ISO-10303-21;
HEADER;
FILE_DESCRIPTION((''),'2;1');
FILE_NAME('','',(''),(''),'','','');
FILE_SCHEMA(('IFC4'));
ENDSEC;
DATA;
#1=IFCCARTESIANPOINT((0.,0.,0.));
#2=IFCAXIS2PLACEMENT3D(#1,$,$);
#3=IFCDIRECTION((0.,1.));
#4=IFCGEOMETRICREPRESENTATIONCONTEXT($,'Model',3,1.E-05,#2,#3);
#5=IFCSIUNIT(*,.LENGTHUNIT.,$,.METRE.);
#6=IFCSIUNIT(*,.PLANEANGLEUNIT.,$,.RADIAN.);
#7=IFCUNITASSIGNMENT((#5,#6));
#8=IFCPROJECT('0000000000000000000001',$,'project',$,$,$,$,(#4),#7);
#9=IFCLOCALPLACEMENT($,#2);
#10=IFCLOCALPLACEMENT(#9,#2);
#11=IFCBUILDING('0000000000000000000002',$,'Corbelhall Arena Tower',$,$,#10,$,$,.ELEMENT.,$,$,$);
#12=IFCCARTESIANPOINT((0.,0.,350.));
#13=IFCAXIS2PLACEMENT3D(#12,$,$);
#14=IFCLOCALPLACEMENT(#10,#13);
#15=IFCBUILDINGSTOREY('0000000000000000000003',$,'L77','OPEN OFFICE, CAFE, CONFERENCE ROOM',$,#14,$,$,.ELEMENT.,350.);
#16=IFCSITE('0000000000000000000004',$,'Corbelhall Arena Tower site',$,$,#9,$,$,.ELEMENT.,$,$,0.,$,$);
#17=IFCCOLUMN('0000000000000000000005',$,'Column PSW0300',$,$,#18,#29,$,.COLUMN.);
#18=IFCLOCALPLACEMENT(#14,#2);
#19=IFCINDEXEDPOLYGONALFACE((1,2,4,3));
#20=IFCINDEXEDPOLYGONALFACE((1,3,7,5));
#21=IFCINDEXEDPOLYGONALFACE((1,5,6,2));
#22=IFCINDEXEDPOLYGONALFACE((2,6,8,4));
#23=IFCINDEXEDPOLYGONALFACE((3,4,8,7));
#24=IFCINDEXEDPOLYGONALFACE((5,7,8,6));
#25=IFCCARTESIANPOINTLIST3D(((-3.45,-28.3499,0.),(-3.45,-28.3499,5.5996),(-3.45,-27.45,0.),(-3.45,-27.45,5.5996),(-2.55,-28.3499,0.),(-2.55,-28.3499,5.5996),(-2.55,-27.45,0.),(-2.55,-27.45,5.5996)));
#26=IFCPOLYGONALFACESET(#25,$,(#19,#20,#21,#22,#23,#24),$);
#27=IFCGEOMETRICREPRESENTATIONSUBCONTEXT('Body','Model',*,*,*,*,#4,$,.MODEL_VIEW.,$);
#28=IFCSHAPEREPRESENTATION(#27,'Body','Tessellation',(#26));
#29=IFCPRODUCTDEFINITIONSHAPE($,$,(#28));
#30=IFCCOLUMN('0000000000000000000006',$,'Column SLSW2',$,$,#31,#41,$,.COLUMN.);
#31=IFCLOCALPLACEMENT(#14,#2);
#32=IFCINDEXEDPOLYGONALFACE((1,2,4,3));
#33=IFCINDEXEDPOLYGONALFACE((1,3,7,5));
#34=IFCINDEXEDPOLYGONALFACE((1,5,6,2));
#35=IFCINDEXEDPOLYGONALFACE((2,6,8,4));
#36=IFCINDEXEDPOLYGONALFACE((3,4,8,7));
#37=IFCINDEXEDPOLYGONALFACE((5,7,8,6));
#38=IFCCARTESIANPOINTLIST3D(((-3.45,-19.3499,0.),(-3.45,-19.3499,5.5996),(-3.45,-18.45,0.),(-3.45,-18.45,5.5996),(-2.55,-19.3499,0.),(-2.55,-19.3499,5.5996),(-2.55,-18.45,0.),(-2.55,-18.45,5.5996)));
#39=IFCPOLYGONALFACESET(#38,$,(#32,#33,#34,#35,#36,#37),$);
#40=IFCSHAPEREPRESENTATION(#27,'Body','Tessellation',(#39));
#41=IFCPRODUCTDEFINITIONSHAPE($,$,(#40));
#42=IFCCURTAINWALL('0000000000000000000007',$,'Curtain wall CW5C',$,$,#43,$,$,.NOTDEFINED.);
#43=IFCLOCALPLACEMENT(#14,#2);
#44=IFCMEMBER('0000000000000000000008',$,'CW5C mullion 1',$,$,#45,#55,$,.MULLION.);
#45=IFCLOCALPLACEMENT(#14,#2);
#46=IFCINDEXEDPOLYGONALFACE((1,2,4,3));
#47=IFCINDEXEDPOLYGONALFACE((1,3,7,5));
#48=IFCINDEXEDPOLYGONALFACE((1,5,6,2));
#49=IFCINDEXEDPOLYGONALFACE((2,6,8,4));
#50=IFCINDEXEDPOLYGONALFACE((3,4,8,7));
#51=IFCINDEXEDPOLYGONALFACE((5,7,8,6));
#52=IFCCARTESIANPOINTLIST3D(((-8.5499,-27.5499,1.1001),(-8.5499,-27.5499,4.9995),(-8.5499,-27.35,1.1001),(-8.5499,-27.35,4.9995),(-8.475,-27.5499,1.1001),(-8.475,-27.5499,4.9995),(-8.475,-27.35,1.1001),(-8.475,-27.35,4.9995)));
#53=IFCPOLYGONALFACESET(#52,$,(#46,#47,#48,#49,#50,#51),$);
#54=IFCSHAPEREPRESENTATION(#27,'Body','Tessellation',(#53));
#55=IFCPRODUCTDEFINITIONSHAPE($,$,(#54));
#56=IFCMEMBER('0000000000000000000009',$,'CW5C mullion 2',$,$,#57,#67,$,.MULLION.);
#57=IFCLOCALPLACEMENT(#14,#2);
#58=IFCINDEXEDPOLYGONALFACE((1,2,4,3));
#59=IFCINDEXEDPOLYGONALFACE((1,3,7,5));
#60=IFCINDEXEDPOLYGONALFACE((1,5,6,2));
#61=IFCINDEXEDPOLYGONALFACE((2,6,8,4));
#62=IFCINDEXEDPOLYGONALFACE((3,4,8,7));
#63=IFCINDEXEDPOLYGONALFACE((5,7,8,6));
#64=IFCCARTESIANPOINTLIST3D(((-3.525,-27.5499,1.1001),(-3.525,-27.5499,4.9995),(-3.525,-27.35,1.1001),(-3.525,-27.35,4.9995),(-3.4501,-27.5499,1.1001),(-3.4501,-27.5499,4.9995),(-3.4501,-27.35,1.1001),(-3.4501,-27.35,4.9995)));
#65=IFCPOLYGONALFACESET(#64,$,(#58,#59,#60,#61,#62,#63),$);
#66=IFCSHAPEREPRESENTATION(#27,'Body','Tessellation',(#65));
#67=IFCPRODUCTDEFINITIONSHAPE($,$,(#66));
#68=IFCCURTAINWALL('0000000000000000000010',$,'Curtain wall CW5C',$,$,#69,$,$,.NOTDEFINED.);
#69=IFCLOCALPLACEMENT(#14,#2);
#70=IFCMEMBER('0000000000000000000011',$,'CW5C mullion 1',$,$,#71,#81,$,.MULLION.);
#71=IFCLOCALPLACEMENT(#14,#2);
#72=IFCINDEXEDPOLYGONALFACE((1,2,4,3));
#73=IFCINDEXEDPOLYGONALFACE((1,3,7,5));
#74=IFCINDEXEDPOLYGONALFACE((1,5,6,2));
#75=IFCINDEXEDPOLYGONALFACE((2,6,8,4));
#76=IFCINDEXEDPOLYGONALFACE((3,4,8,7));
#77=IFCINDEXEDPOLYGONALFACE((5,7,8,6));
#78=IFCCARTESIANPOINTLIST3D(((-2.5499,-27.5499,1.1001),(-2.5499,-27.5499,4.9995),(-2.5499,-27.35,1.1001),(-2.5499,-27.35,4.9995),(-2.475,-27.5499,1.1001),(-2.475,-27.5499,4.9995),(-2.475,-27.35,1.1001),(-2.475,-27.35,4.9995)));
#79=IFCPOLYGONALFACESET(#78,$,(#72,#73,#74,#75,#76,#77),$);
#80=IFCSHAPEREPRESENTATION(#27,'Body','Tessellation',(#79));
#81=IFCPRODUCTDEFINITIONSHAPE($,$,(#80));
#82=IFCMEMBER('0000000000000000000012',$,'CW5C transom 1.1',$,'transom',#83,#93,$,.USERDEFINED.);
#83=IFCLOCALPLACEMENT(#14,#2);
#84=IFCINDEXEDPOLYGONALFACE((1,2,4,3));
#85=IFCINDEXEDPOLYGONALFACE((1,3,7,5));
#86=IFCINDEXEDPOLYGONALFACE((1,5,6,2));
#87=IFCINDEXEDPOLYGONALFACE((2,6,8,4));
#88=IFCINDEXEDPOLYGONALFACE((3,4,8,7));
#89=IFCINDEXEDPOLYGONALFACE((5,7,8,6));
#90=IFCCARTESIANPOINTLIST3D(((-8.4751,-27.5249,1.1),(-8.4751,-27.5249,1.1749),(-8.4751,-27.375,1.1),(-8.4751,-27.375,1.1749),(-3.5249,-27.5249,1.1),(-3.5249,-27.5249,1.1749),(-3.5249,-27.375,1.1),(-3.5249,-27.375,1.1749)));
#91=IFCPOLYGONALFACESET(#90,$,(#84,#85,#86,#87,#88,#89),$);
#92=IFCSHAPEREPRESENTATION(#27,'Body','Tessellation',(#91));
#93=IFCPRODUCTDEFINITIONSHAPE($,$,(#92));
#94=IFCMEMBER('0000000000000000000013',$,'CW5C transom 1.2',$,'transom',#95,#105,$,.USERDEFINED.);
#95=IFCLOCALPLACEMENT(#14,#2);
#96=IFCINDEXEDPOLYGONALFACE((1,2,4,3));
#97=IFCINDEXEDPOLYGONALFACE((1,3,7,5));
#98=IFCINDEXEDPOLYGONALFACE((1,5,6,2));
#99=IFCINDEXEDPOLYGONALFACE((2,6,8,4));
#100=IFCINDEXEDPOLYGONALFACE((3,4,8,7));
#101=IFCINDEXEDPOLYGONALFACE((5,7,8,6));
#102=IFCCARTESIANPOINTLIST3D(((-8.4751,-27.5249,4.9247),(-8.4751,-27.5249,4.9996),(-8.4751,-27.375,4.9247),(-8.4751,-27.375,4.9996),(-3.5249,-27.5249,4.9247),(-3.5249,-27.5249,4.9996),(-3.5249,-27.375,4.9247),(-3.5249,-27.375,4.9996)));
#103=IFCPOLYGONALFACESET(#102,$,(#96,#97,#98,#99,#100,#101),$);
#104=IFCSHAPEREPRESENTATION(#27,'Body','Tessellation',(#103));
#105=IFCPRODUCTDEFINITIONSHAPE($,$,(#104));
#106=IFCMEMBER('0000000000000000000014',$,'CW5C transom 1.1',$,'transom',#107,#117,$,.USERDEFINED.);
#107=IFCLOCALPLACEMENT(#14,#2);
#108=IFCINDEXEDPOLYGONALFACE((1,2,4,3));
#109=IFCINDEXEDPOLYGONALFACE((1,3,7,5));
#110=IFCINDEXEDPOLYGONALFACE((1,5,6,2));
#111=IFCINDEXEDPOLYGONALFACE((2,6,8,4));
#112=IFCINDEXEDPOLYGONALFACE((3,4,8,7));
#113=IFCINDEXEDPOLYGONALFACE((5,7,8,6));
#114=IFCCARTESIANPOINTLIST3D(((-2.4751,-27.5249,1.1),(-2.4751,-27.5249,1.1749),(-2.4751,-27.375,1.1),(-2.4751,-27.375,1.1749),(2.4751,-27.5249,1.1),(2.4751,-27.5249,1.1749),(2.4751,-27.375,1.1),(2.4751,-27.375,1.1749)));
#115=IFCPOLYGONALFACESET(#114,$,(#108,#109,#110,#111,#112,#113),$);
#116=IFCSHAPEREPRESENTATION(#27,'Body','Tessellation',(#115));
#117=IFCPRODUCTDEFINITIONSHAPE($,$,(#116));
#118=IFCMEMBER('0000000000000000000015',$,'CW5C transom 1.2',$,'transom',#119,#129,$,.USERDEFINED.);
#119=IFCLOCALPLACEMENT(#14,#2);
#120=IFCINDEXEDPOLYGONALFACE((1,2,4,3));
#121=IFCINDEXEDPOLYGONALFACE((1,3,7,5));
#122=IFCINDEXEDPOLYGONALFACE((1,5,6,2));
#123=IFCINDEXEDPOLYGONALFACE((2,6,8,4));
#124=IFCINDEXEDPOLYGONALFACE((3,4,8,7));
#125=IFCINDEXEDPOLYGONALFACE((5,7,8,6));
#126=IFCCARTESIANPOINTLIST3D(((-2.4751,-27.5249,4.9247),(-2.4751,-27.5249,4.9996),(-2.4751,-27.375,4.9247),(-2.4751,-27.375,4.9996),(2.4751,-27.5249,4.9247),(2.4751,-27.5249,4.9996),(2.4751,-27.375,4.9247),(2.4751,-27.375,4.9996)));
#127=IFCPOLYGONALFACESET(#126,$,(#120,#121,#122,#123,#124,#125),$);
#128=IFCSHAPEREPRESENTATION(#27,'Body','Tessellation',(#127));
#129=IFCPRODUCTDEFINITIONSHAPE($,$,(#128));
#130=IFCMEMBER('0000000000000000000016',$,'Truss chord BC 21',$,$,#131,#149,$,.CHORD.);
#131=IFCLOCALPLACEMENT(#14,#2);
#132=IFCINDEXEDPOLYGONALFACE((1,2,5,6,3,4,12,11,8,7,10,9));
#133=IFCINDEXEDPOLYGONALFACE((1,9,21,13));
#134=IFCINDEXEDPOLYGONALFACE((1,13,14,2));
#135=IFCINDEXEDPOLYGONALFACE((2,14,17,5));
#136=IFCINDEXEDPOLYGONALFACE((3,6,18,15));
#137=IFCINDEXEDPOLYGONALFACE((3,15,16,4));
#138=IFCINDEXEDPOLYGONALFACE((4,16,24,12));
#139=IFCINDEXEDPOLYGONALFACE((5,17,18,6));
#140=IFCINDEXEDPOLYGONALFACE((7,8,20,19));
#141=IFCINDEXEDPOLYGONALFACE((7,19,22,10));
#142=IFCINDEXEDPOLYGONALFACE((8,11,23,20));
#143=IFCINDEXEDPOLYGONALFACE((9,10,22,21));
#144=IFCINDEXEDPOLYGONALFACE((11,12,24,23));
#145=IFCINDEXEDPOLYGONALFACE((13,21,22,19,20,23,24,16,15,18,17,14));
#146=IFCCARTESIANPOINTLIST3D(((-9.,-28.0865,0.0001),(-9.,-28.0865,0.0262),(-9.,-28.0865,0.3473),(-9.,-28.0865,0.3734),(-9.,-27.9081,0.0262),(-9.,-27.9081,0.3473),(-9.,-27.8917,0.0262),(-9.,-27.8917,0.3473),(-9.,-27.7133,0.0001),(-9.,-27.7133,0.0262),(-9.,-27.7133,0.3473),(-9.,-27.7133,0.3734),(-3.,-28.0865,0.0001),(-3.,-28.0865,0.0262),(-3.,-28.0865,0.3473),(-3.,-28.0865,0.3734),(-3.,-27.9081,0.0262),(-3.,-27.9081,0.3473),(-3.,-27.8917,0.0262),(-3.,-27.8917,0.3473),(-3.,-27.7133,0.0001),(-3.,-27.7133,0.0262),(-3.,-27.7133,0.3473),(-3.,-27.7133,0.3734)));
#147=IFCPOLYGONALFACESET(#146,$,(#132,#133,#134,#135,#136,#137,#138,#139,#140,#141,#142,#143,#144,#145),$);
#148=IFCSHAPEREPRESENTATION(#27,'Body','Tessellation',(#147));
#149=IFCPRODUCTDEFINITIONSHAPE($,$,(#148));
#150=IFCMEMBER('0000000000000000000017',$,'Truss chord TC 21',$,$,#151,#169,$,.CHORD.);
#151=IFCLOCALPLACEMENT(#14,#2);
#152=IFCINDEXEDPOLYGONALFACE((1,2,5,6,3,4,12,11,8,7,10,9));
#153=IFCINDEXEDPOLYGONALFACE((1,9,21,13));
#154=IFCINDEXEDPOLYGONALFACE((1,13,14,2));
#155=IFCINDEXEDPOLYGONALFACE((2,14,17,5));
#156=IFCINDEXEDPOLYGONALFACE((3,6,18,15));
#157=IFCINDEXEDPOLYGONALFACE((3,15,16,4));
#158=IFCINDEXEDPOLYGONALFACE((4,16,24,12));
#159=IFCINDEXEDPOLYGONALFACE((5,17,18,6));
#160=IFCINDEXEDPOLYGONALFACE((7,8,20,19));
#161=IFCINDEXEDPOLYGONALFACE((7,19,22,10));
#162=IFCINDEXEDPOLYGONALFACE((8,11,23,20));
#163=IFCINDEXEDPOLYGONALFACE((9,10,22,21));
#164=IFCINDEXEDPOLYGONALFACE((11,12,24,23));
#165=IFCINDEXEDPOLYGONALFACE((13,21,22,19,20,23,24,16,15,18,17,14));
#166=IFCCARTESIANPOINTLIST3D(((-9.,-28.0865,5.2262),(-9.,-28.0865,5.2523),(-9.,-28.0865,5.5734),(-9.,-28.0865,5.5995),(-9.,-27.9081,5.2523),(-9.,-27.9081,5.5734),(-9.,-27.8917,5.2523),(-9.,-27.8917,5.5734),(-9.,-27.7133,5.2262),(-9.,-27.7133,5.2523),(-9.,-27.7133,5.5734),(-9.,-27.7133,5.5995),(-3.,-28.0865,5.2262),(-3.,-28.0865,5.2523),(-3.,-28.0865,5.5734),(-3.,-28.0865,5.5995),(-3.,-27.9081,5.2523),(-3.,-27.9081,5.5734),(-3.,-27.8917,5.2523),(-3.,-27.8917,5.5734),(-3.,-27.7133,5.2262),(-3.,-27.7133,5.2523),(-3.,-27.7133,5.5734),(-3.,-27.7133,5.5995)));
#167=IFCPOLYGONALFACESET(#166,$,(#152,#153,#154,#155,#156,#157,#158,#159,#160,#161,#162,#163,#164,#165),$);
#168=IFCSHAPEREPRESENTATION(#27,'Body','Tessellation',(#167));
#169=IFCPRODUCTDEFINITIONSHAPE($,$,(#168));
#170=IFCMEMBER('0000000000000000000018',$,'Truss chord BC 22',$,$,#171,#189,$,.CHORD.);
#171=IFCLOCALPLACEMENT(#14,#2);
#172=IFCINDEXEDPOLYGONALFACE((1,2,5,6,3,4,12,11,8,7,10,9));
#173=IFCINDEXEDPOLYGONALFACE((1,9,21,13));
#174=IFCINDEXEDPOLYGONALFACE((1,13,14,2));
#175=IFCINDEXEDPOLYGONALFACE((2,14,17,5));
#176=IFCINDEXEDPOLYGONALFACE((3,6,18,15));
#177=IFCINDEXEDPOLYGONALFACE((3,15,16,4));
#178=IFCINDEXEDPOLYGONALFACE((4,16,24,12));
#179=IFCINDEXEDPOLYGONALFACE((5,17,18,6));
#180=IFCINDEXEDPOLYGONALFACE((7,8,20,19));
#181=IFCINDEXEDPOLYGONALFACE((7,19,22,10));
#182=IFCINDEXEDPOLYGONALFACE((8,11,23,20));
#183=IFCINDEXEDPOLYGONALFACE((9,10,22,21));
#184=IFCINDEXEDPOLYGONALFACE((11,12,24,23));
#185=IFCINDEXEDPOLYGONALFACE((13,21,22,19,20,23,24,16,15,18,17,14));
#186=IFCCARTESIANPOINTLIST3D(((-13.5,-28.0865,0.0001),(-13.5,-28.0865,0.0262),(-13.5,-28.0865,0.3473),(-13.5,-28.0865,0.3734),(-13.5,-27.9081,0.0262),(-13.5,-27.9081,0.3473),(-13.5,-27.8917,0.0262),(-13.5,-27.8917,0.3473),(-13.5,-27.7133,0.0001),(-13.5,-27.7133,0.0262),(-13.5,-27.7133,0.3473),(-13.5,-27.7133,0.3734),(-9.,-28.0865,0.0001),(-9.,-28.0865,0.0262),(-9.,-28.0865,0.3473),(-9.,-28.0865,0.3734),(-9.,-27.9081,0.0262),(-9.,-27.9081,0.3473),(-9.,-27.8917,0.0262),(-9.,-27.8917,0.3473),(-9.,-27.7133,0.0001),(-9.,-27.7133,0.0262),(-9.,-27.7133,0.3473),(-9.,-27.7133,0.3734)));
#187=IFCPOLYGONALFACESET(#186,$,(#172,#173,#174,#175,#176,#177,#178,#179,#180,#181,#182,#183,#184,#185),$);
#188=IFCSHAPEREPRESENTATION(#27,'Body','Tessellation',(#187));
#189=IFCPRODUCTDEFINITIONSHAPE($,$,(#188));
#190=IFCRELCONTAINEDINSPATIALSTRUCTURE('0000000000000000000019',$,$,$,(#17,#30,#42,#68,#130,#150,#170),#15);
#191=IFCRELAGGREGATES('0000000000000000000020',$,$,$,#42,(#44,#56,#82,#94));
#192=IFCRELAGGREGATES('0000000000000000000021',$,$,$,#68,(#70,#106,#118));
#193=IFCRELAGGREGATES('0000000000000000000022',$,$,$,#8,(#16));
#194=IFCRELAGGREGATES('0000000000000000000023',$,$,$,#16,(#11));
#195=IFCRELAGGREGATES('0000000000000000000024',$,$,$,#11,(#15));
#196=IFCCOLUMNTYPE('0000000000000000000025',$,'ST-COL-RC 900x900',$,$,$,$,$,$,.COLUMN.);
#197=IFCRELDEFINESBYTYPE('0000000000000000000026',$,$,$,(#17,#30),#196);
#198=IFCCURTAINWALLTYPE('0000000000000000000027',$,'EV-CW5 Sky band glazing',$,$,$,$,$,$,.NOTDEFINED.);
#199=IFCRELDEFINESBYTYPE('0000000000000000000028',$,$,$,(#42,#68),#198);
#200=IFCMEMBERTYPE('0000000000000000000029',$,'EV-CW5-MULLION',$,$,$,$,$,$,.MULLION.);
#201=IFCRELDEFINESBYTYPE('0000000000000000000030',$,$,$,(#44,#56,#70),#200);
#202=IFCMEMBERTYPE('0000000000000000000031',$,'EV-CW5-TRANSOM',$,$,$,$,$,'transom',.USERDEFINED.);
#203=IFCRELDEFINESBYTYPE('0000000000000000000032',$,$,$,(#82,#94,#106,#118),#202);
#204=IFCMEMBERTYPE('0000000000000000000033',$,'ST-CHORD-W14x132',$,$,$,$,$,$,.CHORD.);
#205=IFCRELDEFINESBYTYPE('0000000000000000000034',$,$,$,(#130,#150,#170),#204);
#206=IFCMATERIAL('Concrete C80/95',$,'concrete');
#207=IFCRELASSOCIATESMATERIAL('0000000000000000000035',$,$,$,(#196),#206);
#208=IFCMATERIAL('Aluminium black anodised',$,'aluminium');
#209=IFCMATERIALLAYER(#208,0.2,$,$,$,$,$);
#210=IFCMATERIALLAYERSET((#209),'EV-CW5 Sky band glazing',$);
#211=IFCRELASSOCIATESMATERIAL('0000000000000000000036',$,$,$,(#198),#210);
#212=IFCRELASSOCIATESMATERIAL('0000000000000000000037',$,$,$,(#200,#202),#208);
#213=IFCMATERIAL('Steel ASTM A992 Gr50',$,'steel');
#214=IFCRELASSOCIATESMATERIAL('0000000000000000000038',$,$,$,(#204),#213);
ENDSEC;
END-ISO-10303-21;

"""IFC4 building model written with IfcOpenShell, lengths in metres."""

from ifc_helpers import new_model, si_unit, direction, frame, origin, origin_2d, place, context, subcontext, project, spatial, rectangle, i_section, extrude, material, layer, layer_set, material_profile, profile_set, type_object, element, aggregate, save


model = new_model("IFC4")

# Units and contexts
model_context = context("Model", 3, precision=1e-05, world=origin(), true_north=direction((0.0, 1.0)))
body_context = subcontext(model_context, "Body", "Model", "MODEL_VIEW")
ifc_project = project(units=[si_unit("LENGTHUNIT", "METRE"), si_unit("PLANEANGLEUNIT", "RADIAN")], contexts=[model_context])

# Site, building, storey
site_placement = place(None, origin())
site = spatial("IfcSite", under=ifc_project, at=site_placement, Name="Corbelhall Arena Tower site", CompositionType="ELEMENT", RefElevation=0.0)
building_placement = place(site_placement, origin())
building = spatial("IfcBuilding", under=site, at=building_placement, Name="Corbelhall Arena Tower", CompositionType="ELEMENT")
storey_placement = place(building_placement, frame((0.0, 0.0, 350.0)))
storey = spatial("IfcBuildingStorey", under=building, at=storey_placement, Name="L77", Description="OPEN OFFICE, CAFE, CONFERENCE ROOM", CompositionType="ELEMENT", Elevation=350.0)

# Columns
ifc_material_1 = material(Name="Concrete C80/95", Category="concrete")
ifc_material_profile_1 = material_profile(ifc_material_1, rectangle(XDim=0.8999, YDim=0.8999, at=origin_2d()))
ifc_profile_set_1 = profile_set([ifc_material_profile_1], Name="Concrete C80/95")
column_type = type_object("IfcColumnType", Name="ST-COL-RC 900x900", PredefinedType="COLUMN", material=ifc_profile_set_1)
for number, where, z_axis, x_axis, name in (
    (1, (-3.0, -27.8999, 0.0), (0.0, 0.0, 1.0), (1.0, 0.0, 0.0), "Column PSW0300"),
    (2, (-3.0, -18.8999, 0.0), (0.0, 0.0, 1.0), (1.0, 0.0, 0.0), "Column SLSW2"),
):
    element("IfcColumn", number, at=place(storey_placement, frame(where, z_axis=z_axis, x_axis=x_axis)), inside=storey, type_object=column_type, Name=name, PredefinedType="COLUMN", context=body_context, shape_type="SweptSolid", body=[
        extrude(rectangle(XDim=0.8999, YDim=0.8999, at=origin_2d()), origin(), (0.0, 0.0, 1.0), 5.5996),
    ])

# Curtain wall, members
ifc_material_2 = material(Name="Aluminium black anodised", Category="aluminium")
ifc_layer_1 = layer(ifc_material_2, 0.2)
ifc_layer_set_1 = layer_set([ifc_layer_1], Name="EV-CW5 Sky band glazing")
curtain_wall_type = type_object("IfcCurtainWallType", Name="EV-CW5 Sky band glazing", PredefinedType="NOTDEFINED", material=ifc_layer_set_1)
curtain_wall_1_placement = place(storey_placement, origin())
curtain_wall_1 = element("IfcCurtainWall", 3, at=curtain_wall_1_placement, inside=storey, type_object=curtain_wall_type, Name="Curtain wall CW5C", PredefinedType="NOTDEFINED")
ifc_material_profile_2 = material_profile(ifc_material_2, rectangle(XDim=0.2, YDim=0.075, at=origin_2d()))
ifc_profile_set_2 = profile_set([ifc_material_profile_2], Name="Aluminium black anodised")
member_type_1 = type_object("IfcMemberType", Name="EV-CW5-MULLION", PredefinedType="MULLION", material=ifc_profile_set_2)
member_1_placement = place(storey_placement, frame((-8.5125, -27.45, 1.1001), z_axis=(0.0, 0.0, 1.0), x_axis=(0.0, 1.0, 0.0)))
member_1 = element("IfcMember", 4, at=member_1_placement, type_object=member_type_1, Name="CW5C mullion 1", PredefinedType="MULLION", context=body_context, shape_type="SweptSolid", body=[
    extrude(rectangle(XDim=0.2, YDim=0.075, at=origin_2d()), origin(), (0.0, 0.0, 1.0), 3.8994),
])
member_2_placement = place(storey_placement, frame((-3.4875, -27.45, 1.1001), z_axis=(0.0, 0.0, 1.0), x_axis=(0.0, 1.0, 0.0)))
member_2 = element("IfcMember", 5, at=member_2_placement, type_object=member_type_1, Name="CW5C mullion 2", PredefinedType="MULLION", context=body_context, shape_type="SweptSolid", body=[
    extrude(rectangle(XDim=0.2, YDim=0.075, at=origin_2d()), origin(), (0.0, 0.0, 1.0), 3.8994),
])

# Curtain wall, member
curtain_wall_2_placement = place(storey_placement, origin())
curtain_wall_2 = element("IfcCurtainWall", 6, at=curtain_wall_2_placement, inside=storey, type_object=curtain_wall_type, Name="Curtain wall CW5C", PredefinedType="NOTDEFINED")
member_3_placement = place(storey_placement, frame((-2.5125, -27.45, 1.1001), z_axis=(0.0, 0.0, 1.0), x_axis=(0.0, 1.0, 0.0)))
member_3 = element("IfcMember", 7, at=member_3_placement, type_object=member_type_1, Name="CW5C mullion 1", PredefinedType="MULLION", context=body_context, shape_type="SweptSolid", body=[
    extrude(rectangle(XDim=0.2, YDim=0.075, at=origin_2d()), origin(), (0.0, 0.0, 1.0), 3.8994),
])

# Members
ifc_material_profile_3 = material_profile(ifc_material_2, rectangle(XDim=0.1499, YDim=0.075, at=origin_2d()))
ifc_profile_set_3 = profile_set([ifc_material_profile_3], Name="Aluminium black anodised")
member_type_2 = type_object("IfcMemberType", Name="EV-CW5-TRANSOM", ElementType="transom", PredefinedType="USERDEFINED", material=ifc_profile_set_3)
member_4_placement = place(storey_placement, frame((-8.4751, -27.45, 1.1375), z_axis=(1.0, 0.0, 0.0), x_axis=(0.0, 1.0, 0.0)))
member_4 = element("IfcMember", 8, at=member_4_placement, type_object=member_type_2, Name="CW5C transom 1.1", ObjectType="transom", PredefinedType="USERDEFINED", context=body_context, shape_type="SweptSolid", body=[
    extrude(rectangle(XDim=0.1499, YDim=0.075, at=origin_2d()), origin(), (0.0, 0.0, 1.0), 4.9502),
])
member_5_placement = place(storey_placement, frame((-8.4751, -27.45, 4.9622), z_axis=(1.0, 0.0, 0.0), x_axis=(0.0, 1.0, 0.0)))
member_5 = element("IfcMember", 9, at=member_5_placement, type_object=member_type_2, Name="CW5C transom 1.2", ObjectType="transom", PredefinedType="USERDEFINED", context=body_context, shape_type="SweptSolid", body=[
    extrude(rectangle(XDim=0.1499, YDim=0.075, at=origin_2d()), origin(), (0.0, 0.0, 1.0), 4.9502),
])
member_6_placement = place(storey_placement, frame((-2.4751, -27.45, 1.1375), z_axis=(1.0, 0.0, 0.0), x_axis=(0.0, 1.0, 0.0)))
member_6 = element("IfcMember", 10, at=member_6_placement, type_object=member_type_2, Name="CW5C transom 1.1", ObjectType="transom", PredefinedType="USERDEFINED", context=body_context, shape_type="SweptSolid", body=[
    extrude(rectangle(XDim=0.1499, YDim=0.075, at=origin_2d()), origin(), (0.0, 0.0, 1.0), 4.9502),
])
member_7_placement = place(storey_placement, frame((-2.4751, -27.45, 4.9622), z_axis=(1.0, 0.0, 0.0), x_axis=(0.0, 1.0, 0.0)))
member_7 = element("IfcMember", 11, at=member_7_placement, type_object=member_type_2, Name="CW5C transom 1.2", ObjectType="transom", PredefinedType="USERDEFINED", context=body_context, shape_type="SweptSolid", body=[
    extrude(rectangle(XDim=0.1499, YDim=0.075, at=origin_2d()), origin(), (0.0, 0.0, 1.0), 4.9502),
])

# Members
ifc_material_3 = material(Name="Steel ASTM A992 Gr50", Category="steel")
ifc_material_profile_4 = material_profile(ifc_material_3, i_section(OverallWidth=0.3733, OverallDepth=0.3733, WebThickness=0.0164, FlangeThickness=0.0261, at=origin_2d()))
ifc_profile_set_4 = profile_set([ifc_material_profile_4], Name="Steel ASTM A992 Gr50")
member_type_3 = type_object("IfcMemberType", Name="ST-CHORD-W14x132", PredefinedType="CHORD", material=ifc_profile_set_4)
for number, where, z_axis, x_axis, name in (
    (12, (-3.0, -27.8999, 0.1868), (-1.0, 0.0, 0.0), (0.0, -1.0, 0.0), "Truss chord BC 21"),
    (13, (-3.0, -27.8999, 5.4128), (-1.0, 0.0, 0.0), (0.0, -1.0, 0.0), "Truss chord TC 21"),
):
    element("IfcMember", number, at=place(storey_placement, frame(where, z_axis=z_axis, x_axis=x_axis)), inside=storey, type_object=member_type_3, Name=name, PredefinedType="CHORD", context=body_context, shape_type="SweptSolid", body=[
        extrude(i_section(OverallWidth=0.3733, OverallDepth=0.3733, WebThickness=0.0164, FlangeThickness=0.0261, at=origin_2d()), origin(), (0.0, 0.0, 1.0), 6.0),
    ])
for number, where, z_axis, x_axis, name in (
    (14, (-9.0, -27.8999, 0.1868), (-1.0, 0.0, 0.0), (0.0, -1.0, 0.0), "Truss chord BC 22"),
):
    element("IfcMember", number, at=place(storey_placement, frame(where, z_axis=z_axis, x_axis=x_axis)), inside=storey, type_object=member_type_3, Name=name, PredefinedType="CHORD", context=body_context, shape_type="SweptSolid", body=[
        extrude(i_section(OverallWidth=0.3733, OverallDepth=0.3733, WebThickness=0.0164, FlangeThickness=0.0261, at=origin_2d()), origin(), (0.0, 0.0, 1.0), 4.5),
    ])

aggregate(curtain_wall_1, [member_1, member_2, member_4, member_5])
aggregate(curtain_wall_2, [member_3, member_6, member_7])

save(model, "model.ifc")
